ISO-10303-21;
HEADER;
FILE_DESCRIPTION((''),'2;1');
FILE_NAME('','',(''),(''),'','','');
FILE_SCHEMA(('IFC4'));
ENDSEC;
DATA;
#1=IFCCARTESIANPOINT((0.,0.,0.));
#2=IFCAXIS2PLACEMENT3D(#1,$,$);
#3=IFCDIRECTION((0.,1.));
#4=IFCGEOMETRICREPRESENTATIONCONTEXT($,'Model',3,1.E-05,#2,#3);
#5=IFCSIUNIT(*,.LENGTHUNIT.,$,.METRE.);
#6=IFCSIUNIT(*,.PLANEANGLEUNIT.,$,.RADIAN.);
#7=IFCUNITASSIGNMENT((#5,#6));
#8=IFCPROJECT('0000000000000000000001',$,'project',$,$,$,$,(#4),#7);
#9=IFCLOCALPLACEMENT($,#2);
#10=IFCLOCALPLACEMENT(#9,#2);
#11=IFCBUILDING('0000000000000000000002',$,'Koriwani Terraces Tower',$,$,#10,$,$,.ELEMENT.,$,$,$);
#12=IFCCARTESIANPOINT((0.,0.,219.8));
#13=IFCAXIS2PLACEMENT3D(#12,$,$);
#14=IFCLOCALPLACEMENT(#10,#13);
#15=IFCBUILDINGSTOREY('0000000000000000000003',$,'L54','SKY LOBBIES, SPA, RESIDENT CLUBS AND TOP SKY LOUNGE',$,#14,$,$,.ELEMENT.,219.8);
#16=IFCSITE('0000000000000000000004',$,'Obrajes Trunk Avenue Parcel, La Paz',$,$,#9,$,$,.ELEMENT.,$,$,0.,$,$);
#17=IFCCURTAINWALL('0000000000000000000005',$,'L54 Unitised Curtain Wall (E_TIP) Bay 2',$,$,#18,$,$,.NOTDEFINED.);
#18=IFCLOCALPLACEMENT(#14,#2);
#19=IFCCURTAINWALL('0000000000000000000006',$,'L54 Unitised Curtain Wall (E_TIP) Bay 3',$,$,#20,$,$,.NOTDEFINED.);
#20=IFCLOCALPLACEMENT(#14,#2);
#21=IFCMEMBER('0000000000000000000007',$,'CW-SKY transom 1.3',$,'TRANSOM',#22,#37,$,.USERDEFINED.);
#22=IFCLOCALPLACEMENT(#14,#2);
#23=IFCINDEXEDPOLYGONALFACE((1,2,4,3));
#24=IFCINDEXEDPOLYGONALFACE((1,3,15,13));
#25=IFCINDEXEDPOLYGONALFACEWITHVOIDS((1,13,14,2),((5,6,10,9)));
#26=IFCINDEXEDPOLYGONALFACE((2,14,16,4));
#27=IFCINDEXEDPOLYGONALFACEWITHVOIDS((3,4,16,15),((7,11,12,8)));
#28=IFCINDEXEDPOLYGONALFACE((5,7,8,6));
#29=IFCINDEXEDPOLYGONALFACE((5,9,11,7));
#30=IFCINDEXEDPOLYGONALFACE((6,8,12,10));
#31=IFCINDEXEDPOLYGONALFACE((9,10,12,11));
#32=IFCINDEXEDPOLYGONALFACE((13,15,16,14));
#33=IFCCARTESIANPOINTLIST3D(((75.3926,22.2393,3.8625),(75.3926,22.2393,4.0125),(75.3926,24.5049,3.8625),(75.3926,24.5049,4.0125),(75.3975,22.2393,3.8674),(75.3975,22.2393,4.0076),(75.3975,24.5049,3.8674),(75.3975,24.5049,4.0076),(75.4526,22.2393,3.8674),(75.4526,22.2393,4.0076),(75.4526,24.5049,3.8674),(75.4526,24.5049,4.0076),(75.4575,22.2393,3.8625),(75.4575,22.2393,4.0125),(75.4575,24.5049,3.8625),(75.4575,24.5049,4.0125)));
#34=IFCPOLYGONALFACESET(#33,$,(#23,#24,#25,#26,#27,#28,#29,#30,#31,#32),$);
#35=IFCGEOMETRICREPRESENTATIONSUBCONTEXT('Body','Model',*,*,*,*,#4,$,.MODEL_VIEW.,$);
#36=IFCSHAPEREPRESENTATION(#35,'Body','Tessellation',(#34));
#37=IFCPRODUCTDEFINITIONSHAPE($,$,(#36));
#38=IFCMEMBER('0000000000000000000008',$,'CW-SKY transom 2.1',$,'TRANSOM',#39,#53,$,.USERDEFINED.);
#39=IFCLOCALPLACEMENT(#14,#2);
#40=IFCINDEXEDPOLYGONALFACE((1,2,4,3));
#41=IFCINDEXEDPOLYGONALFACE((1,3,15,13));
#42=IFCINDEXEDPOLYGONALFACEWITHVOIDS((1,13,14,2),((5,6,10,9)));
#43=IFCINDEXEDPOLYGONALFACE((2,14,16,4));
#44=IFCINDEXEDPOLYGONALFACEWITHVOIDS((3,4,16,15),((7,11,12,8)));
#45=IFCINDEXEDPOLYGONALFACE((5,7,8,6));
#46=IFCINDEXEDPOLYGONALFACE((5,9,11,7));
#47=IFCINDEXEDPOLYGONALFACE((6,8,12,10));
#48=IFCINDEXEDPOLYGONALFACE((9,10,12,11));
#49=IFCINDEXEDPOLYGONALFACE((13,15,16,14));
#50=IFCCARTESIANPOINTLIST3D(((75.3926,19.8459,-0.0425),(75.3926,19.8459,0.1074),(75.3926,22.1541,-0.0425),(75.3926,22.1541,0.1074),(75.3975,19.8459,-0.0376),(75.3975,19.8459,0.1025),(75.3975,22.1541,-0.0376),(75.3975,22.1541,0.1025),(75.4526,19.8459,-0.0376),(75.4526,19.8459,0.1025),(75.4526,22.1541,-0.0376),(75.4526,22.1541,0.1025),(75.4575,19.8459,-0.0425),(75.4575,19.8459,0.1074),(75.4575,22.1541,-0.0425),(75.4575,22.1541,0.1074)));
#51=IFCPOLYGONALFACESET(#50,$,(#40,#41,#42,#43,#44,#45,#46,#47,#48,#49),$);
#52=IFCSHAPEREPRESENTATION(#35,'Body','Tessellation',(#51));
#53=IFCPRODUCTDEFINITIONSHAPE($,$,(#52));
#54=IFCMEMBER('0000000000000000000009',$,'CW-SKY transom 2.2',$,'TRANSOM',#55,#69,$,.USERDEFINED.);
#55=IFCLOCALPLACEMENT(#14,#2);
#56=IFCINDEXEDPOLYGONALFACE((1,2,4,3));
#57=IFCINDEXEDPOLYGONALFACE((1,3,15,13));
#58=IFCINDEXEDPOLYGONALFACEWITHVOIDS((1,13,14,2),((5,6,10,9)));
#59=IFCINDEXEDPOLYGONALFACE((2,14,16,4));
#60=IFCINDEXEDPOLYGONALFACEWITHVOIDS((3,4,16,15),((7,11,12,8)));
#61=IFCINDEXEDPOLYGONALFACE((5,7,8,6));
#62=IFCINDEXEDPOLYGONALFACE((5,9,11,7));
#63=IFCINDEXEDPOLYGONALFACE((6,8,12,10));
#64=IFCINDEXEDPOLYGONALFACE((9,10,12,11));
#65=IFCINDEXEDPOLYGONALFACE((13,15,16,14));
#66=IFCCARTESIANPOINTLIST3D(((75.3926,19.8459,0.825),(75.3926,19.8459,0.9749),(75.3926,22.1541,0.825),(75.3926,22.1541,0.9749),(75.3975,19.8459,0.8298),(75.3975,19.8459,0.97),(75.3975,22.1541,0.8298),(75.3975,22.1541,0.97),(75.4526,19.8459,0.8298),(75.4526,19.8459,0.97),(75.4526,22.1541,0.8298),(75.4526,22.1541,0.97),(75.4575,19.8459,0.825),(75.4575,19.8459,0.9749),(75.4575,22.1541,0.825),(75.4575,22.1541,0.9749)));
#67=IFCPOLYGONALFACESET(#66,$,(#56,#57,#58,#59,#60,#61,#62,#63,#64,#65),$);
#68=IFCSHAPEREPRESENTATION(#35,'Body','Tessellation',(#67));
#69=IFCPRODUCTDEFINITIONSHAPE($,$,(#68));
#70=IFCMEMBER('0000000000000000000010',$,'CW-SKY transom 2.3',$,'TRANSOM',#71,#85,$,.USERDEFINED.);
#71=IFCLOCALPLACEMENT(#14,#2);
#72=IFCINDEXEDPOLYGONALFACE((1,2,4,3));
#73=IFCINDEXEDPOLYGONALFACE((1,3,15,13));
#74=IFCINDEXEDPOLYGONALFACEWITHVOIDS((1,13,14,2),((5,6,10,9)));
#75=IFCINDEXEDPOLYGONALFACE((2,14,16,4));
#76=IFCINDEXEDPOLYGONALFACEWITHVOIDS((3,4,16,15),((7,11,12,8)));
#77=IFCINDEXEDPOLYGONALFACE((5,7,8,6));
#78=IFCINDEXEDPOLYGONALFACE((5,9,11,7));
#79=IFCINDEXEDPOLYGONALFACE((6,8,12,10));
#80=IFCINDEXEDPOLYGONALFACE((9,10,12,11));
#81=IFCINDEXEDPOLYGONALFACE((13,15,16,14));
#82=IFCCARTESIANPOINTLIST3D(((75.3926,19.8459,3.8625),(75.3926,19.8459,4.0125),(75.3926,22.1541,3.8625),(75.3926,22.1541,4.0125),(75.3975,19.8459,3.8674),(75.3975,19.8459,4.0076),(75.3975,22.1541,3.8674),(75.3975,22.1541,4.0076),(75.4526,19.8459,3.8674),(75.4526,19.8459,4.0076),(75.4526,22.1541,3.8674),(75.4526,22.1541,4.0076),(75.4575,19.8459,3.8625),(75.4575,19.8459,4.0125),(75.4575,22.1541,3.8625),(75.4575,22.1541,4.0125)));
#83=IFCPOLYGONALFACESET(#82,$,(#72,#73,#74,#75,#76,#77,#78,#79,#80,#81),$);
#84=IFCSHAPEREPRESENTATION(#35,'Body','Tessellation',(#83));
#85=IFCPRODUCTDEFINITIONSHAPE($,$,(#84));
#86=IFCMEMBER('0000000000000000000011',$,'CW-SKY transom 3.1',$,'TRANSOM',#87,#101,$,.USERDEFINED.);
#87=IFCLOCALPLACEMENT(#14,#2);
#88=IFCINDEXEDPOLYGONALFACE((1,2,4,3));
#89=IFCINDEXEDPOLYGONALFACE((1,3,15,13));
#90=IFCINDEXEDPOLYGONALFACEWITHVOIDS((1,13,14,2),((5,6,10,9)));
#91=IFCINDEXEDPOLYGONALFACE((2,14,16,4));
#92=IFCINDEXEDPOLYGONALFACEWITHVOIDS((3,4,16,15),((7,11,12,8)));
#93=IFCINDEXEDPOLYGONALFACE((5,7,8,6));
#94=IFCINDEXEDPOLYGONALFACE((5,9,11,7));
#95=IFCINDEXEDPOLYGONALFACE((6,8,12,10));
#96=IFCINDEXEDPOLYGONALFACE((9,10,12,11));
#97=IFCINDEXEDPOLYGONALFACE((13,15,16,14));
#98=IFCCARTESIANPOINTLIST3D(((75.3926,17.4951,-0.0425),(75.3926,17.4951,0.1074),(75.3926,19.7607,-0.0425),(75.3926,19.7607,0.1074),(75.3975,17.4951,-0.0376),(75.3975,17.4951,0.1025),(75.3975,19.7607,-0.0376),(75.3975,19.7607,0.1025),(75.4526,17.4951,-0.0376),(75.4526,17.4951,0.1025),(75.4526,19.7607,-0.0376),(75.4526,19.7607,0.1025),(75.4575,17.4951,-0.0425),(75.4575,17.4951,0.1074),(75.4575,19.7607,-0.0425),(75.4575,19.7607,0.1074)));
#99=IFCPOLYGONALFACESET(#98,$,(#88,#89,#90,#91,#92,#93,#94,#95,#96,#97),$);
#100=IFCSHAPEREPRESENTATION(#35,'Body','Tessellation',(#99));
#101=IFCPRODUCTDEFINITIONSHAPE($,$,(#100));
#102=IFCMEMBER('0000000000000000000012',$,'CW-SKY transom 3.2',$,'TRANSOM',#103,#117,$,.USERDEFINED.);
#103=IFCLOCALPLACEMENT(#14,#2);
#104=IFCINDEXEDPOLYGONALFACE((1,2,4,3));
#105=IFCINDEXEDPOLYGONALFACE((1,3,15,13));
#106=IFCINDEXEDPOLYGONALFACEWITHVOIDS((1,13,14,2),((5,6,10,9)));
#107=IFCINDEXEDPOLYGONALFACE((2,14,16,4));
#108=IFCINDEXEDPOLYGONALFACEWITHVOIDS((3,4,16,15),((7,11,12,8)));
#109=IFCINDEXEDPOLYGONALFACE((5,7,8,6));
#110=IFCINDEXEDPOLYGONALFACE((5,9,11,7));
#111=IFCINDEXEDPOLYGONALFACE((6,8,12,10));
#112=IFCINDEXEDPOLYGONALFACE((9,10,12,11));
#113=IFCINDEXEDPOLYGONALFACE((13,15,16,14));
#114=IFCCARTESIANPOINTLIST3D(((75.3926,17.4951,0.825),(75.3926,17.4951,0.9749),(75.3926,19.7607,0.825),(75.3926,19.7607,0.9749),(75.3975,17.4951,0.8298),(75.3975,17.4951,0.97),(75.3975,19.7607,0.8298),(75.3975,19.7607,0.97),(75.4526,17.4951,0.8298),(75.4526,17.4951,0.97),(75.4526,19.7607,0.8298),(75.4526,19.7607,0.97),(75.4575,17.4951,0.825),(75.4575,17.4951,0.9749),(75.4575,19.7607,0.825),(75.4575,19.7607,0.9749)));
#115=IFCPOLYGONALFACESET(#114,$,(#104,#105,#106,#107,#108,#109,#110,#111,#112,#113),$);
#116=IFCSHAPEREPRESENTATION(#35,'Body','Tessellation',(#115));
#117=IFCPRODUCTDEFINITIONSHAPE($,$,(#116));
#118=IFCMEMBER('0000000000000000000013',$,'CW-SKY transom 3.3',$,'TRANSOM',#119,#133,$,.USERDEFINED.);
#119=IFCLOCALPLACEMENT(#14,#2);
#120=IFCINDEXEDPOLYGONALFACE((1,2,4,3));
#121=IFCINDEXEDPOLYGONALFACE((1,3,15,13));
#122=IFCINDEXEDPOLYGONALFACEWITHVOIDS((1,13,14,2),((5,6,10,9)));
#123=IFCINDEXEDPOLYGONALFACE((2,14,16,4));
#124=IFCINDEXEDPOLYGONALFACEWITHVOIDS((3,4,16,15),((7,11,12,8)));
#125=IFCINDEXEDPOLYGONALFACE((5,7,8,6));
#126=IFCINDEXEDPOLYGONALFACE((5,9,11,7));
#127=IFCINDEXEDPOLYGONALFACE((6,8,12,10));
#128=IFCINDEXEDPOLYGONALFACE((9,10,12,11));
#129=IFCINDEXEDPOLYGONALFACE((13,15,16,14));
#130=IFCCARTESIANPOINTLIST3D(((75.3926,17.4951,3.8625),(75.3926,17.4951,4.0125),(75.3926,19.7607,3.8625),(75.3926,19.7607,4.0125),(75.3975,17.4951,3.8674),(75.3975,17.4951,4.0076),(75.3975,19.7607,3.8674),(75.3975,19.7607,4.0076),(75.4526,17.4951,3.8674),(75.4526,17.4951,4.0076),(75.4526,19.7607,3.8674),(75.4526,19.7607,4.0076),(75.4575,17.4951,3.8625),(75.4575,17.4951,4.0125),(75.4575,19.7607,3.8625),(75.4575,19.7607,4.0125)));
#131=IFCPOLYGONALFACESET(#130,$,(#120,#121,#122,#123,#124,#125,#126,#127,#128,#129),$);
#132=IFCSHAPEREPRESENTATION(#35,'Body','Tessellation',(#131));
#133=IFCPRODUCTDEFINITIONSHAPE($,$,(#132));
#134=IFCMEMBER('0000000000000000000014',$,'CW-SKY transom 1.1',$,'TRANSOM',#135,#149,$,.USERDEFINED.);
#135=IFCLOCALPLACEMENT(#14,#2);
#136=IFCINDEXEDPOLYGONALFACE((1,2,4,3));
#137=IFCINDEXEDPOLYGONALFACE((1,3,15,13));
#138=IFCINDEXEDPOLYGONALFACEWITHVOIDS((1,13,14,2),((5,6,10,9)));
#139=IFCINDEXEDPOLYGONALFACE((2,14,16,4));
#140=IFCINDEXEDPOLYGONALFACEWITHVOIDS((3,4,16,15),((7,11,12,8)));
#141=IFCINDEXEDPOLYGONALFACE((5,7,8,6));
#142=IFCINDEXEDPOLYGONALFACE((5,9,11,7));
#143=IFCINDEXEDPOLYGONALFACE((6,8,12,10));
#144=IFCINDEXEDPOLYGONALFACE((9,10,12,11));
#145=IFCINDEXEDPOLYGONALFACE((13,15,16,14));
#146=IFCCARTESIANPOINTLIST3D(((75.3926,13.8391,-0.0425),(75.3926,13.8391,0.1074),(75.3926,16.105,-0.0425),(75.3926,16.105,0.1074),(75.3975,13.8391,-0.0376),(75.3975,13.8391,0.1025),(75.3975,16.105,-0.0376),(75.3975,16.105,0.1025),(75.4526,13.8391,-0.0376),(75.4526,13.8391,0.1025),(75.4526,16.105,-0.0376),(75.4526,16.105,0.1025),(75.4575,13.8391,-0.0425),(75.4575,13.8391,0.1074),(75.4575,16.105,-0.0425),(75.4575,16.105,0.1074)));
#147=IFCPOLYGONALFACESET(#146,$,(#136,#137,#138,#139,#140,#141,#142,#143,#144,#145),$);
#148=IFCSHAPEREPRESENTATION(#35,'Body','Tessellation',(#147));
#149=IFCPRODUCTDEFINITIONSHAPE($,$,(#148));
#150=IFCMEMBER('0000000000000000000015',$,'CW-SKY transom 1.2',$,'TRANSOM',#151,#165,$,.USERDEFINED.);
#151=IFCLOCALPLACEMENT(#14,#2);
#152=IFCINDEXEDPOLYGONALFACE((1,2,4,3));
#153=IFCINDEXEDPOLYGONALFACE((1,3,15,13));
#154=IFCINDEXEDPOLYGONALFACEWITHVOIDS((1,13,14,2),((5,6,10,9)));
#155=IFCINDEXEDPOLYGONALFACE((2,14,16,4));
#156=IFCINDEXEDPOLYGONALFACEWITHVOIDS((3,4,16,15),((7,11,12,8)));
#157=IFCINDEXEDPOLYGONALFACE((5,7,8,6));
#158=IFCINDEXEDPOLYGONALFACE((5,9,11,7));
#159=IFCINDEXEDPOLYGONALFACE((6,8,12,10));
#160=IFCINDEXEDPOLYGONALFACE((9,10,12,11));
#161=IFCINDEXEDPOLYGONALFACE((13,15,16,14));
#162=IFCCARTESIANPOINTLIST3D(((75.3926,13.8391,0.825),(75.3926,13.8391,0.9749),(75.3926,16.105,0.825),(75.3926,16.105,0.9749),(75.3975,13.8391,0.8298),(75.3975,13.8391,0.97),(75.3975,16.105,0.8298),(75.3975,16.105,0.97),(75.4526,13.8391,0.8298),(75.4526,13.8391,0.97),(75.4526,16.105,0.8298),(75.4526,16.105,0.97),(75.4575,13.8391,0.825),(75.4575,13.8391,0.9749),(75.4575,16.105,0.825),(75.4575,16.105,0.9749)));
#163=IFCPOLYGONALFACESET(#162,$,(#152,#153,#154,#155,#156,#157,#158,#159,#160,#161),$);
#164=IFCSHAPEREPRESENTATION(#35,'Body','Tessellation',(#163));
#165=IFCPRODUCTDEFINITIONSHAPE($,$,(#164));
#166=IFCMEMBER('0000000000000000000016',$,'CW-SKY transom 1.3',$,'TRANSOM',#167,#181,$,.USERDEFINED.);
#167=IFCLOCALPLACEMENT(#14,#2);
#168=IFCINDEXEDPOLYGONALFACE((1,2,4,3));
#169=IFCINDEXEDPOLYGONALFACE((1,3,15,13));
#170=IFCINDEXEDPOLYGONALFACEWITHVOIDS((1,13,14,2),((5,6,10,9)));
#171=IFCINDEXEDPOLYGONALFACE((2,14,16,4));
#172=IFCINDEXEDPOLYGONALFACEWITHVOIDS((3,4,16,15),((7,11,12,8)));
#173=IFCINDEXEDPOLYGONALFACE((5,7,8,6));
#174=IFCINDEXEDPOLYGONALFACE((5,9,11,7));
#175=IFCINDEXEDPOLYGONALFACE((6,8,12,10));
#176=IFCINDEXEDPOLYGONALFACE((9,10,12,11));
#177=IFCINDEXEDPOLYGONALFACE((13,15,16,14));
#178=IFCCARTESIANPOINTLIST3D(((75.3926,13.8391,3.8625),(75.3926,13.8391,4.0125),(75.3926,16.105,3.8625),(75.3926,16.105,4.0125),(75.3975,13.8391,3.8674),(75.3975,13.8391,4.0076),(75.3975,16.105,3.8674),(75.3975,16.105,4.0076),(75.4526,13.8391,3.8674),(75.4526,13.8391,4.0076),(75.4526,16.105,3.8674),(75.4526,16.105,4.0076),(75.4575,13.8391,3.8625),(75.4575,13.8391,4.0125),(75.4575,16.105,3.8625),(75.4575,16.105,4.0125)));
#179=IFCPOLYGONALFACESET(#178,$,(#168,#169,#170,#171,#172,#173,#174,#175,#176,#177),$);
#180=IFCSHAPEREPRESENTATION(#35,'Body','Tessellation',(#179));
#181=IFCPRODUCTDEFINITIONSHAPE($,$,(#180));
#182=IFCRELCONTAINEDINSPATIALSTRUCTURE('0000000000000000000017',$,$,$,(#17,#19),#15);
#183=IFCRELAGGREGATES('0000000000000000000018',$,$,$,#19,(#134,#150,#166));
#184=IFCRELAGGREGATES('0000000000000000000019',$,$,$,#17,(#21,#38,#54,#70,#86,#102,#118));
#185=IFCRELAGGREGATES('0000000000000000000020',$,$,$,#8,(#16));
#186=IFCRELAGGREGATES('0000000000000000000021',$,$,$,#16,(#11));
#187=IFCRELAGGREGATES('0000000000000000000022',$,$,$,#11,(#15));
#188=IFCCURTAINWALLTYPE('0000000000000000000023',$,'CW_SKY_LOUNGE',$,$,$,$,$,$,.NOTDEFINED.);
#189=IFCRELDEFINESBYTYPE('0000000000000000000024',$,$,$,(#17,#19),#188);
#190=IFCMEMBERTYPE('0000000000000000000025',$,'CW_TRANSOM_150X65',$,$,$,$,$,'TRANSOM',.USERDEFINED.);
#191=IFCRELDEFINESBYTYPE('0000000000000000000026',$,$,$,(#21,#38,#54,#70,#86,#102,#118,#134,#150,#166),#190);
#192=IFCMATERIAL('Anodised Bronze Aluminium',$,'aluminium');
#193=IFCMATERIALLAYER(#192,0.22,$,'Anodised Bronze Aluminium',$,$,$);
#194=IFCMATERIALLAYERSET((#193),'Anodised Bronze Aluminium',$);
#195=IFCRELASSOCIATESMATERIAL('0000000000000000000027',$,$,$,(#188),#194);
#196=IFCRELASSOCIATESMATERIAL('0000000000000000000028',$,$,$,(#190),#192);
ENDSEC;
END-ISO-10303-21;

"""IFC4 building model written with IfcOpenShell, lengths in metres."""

from ifc_helpers import new_model, si_unit, direction, frame, origin, origin_2d, place, context, subcontext, project, spatial, hollow_rectangle, extrude, material, layer, layer_set, material_profile, profile_set, type_object, element, aggregate, save


model = new_model("IFC4")

# Units and contexts
model_context = context("Model", 3, precision=1e-05, world=origin(), true_north=direction((0.0, 1.0)))
body_context = subcontext(model_context, "Body", "Model", "MODEL_VIEW")
ifc_project = project(units=[si_unit("LENGTHUNIT", "METRE"), si_unit("PLANEANGLEUNIT", "RADIAN")], contexts=[model_context])

# Site, building, storey
site_placement = place(None, origin())
site = spatial("IfcSite", under=ifc_project, at=site_placement, Name="Obrajes Trunk Avenue Parcel, La Paz", CompositionType="ELEMENT", RefElevation=0.0)
building_placement = place(site_placement, origin())
building = spatial("IfcBuilding", under=site, at=building_placement, Name="Koriwani Terraces Tower", CompositionType="ELEMENT")
storey_placement = place(building_placement, frame((0.0, 0.0, 219.8)))
storey = spatial("IfcBuildingStorey", under=building, at=storey_placement, Name="L54", Description="SKY LOBBIES, SPA, RESIDENT CLUBS AND TOP SKY LOUNGE", CompositionType="ELEMENT", Elevation=219.8)

# Curtain wall
ifc_material_1 = material(Name="Anodised Bronze Aluminium", Category="aluminium")
ifc_layer_1 = layer(ifc_material_1, 0.22, Name="Anodised Bronze Aluminium")
ifc_layer_set_1 = layer_set([ifc_layer_1], Name="Anodised Bronze Aluminium")
curtain_wall_type = type_object("IfcCurtainWallType", Name="CW_SKY_LOUNGE", PredefinedType="NOTDEFINED", material=ifc_layer_set_1)
curtain_wall_1_placement = place(storey_placement, origin())
curtain_wall_1 = element("IfcCurtainWall", 1, at=curtain_wall_1_placement, inside=storey, type_object=curtain_wall_type, Name="L54 Unitised Curtain Wall (E_TIP) Bay 2", PredefinedType="NOTDEFINED")

# Curtain wall
curtain_wall_2_placement = place(storey_placement, origin())
curtain_wall_2 = element("IfcCurtainWall", 2, at=curtain_wall_2_placement, inside=storey, type_object=curtain_wall_type, Name="L54 Unitised Curtain Wall (E_TIP) Bay 3", PredefinedType="NOTDEFINED")

# Members
ifc_material_profile_1 = material_profile(ifc_material_1, hollow_rectangle(XDim=0.0649, YDim=0.1499, WallThickness=0.0049, at=origin_2d()), Name="Anodised Bronze Aluminium", Category="LoadBearing")
ifc_profile_set_1 = profile_set([ifc_material_profile_1], Name="Anodised Bronze Aluminium")
member_type_1 = type_object("IfcMemberType", Name="CW_TRANSOM_150X65", ElementType="TRANSOM", PredefinedType="USERDEFINED", material=ifc_profile_set_1)
member_1_placement = place(storey_placement, frame((75.425, 24.5049, 3.9375), z_axis=(0.0, -1.0, 0.0), x_axis=(1.0, 0.0, 0.0)))
member_1 = element("IfcMember", 3, at=member_1_placement, type_object=member_type_1, Name="CW-SKY transom 1.3", ObjectType="TRANSOM", PredefinedType="USERDEFINED", context=body_context, shape_type="SweptSolid", body=[
    extrude(hollow_rectangle(XDim=0.0649, YDim=0.1499, WallThickness=0.0049, at=origin_2d()), origin(), (0.0, 0.0, 1.0), 2.2656),
])
member_2_placement = place(storey_placement, frame((75.425, 22.1541, 0.0325), z_axis=(0.0, -1.0, 0.0), x_axis=(1.0, 0.0, 0.0)))
member_2 = element("IfcMember", 4, at=member_2_placement, type_object=member_type_1, Name="CW-SKY transom 2.1", ObjectType="TRANSOM", PredefinedType="USERDEFINED", context=body_context, shape_type="SweptSolid", body=[
    extrude(hollow_rectangle(XDim=0.0649, YDim=0.1499, WallThickness=0.0049, at=origin_2d()), origin(), (0.0, 0.0, 1.0), 2.3081),
])
member_3_placement = place(storey_placement, frame((75.425, 22.1541, 0.8999), z_axis=(0.0, -1.0, 0.0), x_axis=(1.0, 0.0, 0.0)))
member_3 = element("IfcMember", 5, at=member_3_placement, type_object=member_type_1, Name="CW-SKY transom 2.2", ObjectType="TRANSOM", PredefinedType="USERDEFINED", context=body_context, shape_type="SweptSolid", body=[
    extrude(hollow_rectangle(XDim=0.0649, YDim=0.1499, WallThickness=0.0049, at=origin_2d()), origin(), (0.0, 0.0, 1.0), 2.3081),
])
member_4_placement = place(storey_placement, frame((75.425, 22.1541, 3.9375), z_axis=(0.0, -1.0, 0.0), x_axis=(1.0, 0.0, 0.0)))
member_4 = element("IfcMember", 6, at=member_4_placement, type_object=member_type_1, Name="CW-SKY transom 2.3", ObjectType="TRANSOM", PredefinedType="USERDEFINED", context=body_context, shape_type="SweptSolid", body=[
    extrude(hollow_rectangle(XDim=0.0649, YDim=0.1499, WallThickness=0.0049, at=origin_2d()), origin(), (0.0, 0.0, 1.0), 2.3081),
])
member_5_placement = place(storey_placement, frame((75.425, 19.7607, 0.0325), z_axis=(0.0, -1.0, 0.0), x_axis=(1.0, 0.0, 0.0)))
member_5 = element("IfcMember", 7, at=member_5_placement, type_object=member_type_1, Name="CW-SKY transom 3.1", ObjectType="TRANSOM", PredefinedType="USERDEFINED", context=body_context, shape_type="SweptSolid", body=[
    extrude(hollow_rectangle(XDim=0.0649, YDim=0.1499, WallThickness=0.0049, at=origin_2d()), origin(), (0.0, 0.0, 1.0), 2.2656),
])
member_6_placement = place(storey_placement, frame((75.425, 19.7607, 0.8999), z_axis=(0.0, -1.0, 0.0), x_axis=(1.0, 0.0, 0.0)))
member_6 = element("IfcMember", 8, at=member_6_placement, type_object=member_type_1, Name="CW-SKY transom 3.2", ObjectType="TRANSOM", PredefinedType="USERDEFINED", context=body_context, shape_type="SweptSolid", body=[
    extrude(hollow_rectangle(XDim=0.0649, YDim=0.1499, WallThickness=0.0049, at=origin_2d()), origin(), (0.0, 0.0, 1.0), 2.2656),
])
member_7_placement = place(storey_placement, frame((75.425, 19.7607, 3.9375), z_axis=(0.0, -1.0, 0.0), x_axis=(1.0, 0.0, 0.0)))
member_7 = element("IfcMember", 9, at=member_7_placement, type_object=member_type_1, Name="CW-SKY transom 3.3", ObjectType="TRANSOM", PredefinedType="USERDEFINED", context=body_context, shape_type="SweptSolid", body=[
    extrude(hollow_rectangle(XDim=0.0649, YDim=0.1499, WallThickness=0.0049, at=origin_2d()), origin(), (0.0, 0.0, 1.0), 2.2656),
])
member_8_placement = place(storey_placement, frame((75.425, 16.105, 0.0325), z_axis=(0.0, -1.0, 0.0), x_axis=(1.0, 0.0, 0.0)))
member_8 = element("IfcMember", 10, at=member_8_placement, type_object=member_type_1, Name="CW-SKY transom 1.1", ObjectType="TRANSOM", PredefinedType="USERDEFINED", context=body_context, shape_type="SweptSolid", body=[
    extrude(hollow_rectangle(XDim=0.0649, YDim=0.1499, WallThickness=0.0049, at=origin_2d()), origin(), (0.0, 0.0, 1.0), 2.2659),
])
member_9_placement = place(storey_placement, frame((75.425, 16.105, 0.8999), z_axis=(0.0, -1.0, 0.0), x_axis=(1.0, 0.0, 0.0)))
member_9 = element("IfcMember", 11, at=member_9_placement, type_object=member_type_1, Name="CW-SKY transom 1.2", ObjectType="TRANSOM", PredefinedType="USERDEFINED", context=body_context, shape_type="SweptSolid", body=[
    extrude(hollow_rectangle(XDim=0.0649, YDim=0.1499, WallThickness=0.0049, at=origin_2d()), origin(), (0.0, 0.0, 1.0), 2.2659),
])
member_10_placement = place(storey_placement, frame((75.425, 16.105, 3.9375), z_axis=(0.0, -1.0, 0.0), x_axis=(1.0, 0.0, 0.0)))
member_10 = element("IfcMember", 12, at=member_10_placement, type_object=member_type_1, Name="CW-SKY transom 1.3", ObjectType="TRANSOM", PredefinedType="USERDEFINED", context=body_context, shape_type="SweptSolid", body=[
    extrude(hollow_rectangle(XDim=0.0649, YDim=0.1499, WallThickness=0.0049, at=origin_2d()), origin(), (0.0, 0.0, 1.0), 2.2659),
])
aggregate(curtain_wall_2, [member_8, member_9, member_10])

aggregate(curtain_wall_1, [member_1, member_2, member_3, member_4, member_5, member_6, member_7])

save(model, "model.ifc")
